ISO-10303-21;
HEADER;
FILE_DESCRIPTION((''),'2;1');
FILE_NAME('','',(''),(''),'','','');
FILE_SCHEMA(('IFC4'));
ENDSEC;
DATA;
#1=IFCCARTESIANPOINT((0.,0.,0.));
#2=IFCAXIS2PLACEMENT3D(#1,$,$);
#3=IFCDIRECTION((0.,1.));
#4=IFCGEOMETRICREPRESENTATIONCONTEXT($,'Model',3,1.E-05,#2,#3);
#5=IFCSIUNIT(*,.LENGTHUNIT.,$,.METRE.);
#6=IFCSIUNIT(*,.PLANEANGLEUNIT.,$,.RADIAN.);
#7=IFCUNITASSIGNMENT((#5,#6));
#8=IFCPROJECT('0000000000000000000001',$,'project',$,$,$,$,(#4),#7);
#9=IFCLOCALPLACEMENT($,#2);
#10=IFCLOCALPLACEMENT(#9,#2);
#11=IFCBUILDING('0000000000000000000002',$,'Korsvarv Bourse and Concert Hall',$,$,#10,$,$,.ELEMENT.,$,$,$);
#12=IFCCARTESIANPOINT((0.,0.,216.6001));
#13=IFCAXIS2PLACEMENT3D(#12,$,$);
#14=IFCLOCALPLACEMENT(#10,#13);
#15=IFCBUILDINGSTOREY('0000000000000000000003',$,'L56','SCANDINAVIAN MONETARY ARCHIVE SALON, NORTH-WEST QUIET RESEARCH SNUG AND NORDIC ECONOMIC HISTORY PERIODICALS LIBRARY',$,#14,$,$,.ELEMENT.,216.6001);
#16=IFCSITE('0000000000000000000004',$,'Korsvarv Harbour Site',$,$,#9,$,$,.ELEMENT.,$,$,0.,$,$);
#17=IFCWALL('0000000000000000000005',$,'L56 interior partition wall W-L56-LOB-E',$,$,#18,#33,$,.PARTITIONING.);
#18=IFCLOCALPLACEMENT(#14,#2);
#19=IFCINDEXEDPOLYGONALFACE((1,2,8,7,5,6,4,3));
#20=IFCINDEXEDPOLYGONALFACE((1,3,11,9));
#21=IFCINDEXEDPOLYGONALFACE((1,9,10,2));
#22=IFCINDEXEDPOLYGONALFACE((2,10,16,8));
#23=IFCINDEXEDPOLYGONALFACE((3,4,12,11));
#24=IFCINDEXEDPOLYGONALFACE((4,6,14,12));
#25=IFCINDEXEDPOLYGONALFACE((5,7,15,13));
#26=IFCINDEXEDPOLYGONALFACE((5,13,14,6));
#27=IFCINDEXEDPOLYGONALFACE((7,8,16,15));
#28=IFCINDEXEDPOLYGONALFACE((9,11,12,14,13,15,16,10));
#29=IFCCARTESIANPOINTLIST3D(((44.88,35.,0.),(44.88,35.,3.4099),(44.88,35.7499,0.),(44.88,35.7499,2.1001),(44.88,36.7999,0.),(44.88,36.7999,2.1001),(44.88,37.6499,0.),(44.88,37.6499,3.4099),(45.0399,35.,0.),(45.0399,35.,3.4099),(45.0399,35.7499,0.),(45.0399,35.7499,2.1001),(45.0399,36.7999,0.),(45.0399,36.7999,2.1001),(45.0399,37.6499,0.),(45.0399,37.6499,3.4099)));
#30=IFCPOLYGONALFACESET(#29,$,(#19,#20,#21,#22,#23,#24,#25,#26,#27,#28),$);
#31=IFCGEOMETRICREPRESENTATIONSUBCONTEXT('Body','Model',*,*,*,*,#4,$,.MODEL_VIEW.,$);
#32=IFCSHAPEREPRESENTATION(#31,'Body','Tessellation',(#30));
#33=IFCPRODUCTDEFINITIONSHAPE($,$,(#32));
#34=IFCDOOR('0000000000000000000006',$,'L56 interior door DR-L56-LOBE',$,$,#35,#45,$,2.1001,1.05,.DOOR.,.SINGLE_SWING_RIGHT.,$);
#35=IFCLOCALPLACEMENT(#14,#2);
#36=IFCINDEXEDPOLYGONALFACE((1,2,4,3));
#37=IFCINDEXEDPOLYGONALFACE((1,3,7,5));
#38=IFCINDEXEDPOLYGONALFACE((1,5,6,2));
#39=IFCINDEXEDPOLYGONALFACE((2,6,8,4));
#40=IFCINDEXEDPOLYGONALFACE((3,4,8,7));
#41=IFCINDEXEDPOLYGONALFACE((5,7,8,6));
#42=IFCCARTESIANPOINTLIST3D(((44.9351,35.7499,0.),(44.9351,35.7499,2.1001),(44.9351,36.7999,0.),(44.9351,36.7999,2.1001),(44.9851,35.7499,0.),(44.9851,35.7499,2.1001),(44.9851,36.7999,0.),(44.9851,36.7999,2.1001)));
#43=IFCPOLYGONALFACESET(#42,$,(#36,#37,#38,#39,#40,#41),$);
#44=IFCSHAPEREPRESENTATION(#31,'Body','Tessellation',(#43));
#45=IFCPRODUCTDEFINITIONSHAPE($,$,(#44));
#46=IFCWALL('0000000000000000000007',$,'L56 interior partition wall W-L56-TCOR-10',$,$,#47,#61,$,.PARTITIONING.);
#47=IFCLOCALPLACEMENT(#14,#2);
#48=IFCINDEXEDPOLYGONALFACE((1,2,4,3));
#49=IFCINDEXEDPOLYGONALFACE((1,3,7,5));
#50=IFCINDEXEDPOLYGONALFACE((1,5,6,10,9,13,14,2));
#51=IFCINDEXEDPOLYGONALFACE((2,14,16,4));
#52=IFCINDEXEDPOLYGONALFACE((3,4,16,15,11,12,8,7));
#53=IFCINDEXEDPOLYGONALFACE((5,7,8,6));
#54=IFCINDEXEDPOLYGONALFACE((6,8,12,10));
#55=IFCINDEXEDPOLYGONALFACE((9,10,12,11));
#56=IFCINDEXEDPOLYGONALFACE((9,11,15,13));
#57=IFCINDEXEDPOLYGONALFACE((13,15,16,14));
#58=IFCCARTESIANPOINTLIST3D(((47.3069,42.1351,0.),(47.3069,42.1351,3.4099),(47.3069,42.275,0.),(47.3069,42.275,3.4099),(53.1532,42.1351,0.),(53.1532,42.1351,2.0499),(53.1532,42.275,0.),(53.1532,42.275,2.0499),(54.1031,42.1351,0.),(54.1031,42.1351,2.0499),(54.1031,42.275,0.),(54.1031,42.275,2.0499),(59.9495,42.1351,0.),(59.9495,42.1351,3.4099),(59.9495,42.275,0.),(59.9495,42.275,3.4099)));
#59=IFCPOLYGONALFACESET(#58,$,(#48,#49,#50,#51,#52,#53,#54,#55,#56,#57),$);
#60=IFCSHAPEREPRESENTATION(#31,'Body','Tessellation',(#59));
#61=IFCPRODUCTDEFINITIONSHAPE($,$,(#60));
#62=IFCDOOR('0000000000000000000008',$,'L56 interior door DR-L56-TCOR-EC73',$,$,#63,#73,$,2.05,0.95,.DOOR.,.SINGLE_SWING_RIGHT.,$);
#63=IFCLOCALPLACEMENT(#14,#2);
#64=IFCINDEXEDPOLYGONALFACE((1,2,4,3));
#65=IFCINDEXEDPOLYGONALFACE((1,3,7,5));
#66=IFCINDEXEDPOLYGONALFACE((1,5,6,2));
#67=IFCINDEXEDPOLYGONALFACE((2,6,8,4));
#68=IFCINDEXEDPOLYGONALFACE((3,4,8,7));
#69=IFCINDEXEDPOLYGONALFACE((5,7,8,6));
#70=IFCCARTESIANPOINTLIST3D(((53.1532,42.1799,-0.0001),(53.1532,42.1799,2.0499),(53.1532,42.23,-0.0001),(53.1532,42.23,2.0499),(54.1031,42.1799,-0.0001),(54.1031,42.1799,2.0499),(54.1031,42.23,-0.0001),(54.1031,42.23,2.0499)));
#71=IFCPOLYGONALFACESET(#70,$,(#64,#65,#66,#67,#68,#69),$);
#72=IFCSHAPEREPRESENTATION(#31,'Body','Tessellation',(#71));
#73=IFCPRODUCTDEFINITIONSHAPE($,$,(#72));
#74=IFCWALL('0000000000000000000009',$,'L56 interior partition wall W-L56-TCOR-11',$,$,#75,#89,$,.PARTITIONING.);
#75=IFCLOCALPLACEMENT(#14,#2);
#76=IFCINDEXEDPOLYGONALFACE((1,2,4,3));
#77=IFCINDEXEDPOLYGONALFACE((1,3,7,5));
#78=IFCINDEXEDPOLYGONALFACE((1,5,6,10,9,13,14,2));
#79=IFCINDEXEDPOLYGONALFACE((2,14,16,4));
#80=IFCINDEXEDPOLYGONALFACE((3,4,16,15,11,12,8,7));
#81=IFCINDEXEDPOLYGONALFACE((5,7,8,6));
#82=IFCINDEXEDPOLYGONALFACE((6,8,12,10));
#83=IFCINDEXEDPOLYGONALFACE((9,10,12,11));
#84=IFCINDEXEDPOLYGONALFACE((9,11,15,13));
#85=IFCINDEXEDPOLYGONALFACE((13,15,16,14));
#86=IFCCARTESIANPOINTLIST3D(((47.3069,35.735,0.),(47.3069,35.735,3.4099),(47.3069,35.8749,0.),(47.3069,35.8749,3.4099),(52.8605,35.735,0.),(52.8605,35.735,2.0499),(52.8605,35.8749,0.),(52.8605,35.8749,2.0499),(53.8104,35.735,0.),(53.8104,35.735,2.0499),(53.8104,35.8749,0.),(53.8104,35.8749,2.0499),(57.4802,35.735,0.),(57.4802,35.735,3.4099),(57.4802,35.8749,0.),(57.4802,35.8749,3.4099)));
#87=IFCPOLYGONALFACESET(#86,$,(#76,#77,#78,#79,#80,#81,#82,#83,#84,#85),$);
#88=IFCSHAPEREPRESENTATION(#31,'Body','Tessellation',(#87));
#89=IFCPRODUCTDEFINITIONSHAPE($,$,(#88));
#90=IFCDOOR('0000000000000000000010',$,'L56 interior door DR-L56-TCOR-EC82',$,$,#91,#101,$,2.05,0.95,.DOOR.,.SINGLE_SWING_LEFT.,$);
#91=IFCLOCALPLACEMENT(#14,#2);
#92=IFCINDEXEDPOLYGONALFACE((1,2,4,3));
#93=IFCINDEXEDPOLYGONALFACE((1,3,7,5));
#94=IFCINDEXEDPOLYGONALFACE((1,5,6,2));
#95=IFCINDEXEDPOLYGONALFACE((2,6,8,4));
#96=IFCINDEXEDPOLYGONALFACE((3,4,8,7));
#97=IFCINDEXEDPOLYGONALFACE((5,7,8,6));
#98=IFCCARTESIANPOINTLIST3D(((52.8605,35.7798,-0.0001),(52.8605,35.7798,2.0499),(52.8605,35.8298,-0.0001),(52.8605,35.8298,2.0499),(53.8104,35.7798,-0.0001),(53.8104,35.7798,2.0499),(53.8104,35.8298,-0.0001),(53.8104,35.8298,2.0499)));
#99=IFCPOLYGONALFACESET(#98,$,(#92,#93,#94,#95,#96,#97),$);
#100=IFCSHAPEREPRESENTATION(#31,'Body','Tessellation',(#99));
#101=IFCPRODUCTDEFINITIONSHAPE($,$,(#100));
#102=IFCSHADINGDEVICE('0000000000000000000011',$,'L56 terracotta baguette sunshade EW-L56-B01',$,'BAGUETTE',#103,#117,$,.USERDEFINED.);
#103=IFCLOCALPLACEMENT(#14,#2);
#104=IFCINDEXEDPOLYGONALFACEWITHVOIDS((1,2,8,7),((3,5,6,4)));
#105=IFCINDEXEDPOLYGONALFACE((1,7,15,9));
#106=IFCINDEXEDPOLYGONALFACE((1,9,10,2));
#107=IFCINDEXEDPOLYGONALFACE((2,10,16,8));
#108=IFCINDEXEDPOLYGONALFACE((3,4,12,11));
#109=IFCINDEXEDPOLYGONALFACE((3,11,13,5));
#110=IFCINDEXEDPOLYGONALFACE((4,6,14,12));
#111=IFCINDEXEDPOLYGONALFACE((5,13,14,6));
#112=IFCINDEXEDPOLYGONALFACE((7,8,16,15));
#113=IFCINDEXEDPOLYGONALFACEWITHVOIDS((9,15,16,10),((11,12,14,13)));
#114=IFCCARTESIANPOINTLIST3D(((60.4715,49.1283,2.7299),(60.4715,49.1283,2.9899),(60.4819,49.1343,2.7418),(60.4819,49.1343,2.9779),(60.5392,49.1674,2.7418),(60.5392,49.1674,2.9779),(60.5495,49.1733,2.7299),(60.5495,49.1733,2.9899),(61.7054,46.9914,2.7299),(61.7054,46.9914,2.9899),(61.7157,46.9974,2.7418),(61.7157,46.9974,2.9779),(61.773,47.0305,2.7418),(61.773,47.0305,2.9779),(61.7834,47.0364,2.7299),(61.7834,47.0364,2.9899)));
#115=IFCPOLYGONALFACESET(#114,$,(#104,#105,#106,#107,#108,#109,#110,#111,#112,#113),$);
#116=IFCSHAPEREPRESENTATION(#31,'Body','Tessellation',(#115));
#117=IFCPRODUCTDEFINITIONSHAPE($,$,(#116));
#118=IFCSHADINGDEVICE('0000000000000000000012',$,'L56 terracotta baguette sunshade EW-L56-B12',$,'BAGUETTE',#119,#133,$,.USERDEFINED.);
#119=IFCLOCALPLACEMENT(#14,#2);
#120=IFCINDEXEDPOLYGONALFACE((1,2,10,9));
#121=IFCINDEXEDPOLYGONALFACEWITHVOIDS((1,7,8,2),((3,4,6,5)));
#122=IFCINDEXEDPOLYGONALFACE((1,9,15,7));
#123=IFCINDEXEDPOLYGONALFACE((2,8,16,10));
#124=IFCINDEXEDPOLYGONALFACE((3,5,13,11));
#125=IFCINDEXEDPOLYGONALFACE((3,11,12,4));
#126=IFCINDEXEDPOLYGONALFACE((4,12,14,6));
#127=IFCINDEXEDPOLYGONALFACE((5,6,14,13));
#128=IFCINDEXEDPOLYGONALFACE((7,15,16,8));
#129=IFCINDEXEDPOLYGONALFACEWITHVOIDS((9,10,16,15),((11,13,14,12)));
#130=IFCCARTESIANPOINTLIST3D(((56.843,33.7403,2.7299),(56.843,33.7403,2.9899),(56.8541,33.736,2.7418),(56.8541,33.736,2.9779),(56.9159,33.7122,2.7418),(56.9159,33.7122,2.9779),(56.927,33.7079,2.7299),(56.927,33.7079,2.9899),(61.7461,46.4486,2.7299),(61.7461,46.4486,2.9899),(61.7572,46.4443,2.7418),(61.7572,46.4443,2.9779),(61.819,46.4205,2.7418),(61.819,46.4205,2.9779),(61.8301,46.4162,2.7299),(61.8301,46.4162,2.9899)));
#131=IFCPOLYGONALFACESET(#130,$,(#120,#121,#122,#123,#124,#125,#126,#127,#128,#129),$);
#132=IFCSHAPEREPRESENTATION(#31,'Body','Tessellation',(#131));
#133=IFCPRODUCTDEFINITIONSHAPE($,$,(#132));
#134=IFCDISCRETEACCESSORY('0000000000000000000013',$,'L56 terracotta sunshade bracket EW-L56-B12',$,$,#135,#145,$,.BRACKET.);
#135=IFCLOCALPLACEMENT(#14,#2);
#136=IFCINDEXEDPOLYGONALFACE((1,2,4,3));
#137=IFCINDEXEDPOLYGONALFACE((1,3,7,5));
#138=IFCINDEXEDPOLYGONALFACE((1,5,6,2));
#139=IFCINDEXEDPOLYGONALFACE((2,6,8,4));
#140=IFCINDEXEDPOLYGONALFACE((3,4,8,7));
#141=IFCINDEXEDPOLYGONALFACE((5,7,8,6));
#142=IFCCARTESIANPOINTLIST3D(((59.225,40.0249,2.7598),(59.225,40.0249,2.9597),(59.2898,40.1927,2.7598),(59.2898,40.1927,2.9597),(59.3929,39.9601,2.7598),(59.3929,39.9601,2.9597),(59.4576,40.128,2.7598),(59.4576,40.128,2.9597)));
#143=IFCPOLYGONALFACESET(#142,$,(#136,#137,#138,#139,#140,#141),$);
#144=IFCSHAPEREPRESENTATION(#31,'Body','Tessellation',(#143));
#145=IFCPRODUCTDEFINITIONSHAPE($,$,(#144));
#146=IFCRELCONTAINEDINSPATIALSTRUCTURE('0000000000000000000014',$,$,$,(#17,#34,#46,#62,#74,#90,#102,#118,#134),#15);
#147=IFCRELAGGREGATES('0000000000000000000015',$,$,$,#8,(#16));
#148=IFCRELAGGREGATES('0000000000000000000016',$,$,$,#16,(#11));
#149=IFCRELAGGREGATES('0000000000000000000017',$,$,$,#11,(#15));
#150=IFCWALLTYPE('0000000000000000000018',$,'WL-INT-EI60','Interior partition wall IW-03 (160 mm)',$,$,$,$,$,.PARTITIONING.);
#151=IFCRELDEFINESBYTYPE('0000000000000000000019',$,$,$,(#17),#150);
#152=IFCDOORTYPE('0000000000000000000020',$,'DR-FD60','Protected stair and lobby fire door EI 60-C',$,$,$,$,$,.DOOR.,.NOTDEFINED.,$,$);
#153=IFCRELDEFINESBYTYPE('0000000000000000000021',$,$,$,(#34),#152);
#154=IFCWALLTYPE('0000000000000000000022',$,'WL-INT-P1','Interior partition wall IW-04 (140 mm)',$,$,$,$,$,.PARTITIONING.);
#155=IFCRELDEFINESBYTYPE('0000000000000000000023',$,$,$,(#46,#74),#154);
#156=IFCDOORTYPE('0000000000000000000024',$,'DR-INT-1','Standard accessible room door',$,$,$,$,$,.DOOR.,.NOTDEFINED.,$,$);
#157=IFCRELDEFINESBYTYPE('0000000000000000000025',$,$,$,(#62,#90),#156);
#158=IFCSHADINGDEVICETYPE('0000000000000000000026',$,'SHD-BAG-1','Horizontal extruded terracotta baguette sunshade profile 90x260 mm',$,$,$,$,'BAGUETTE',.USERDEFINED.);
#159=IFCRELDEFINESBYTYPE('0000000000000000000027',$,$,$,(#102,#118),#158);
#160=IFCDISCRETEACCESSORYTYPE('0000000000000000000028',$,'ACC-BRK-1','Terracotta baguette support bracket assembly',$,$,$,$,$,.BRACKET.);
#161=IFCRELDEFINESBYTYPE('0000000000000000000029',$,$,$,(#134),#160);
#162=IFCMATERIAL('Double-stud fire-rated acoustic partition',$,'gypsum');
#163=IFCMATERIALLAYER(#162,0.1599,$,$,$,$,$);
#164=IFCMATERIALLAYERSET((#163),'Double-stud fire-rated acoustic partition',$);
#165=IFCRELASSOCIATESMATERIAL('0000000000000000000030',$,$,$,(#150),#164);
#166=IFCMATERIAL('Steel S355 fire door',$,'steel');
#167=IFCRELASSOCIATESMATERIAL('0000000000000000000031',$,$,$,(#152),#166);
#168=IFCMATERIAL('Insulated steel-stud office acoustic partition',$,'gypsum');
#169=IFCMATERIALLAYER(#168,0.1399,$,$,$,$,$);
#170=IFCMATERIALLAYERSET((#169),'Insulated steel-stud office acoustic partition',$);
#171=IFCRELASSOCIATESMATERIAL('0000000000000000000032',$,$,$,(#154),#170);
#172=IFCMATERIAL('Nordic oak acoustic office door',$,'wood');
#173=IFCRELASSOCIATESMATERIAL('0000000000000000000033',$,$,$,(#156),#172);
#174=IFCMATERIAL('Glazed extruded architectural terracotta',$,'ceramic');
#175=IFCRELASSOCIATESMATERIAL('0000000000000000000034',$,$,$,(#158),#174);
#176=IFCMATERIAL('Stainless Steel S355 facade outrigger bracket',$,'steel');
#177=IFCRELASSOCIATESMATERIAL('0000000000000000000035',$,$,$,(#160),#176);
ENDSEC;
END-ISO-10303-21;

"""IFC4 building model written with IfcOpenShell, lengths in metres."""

from ifc_helpers import new_model, si_unit, direction, frame, frame_2d, origin, origin_2d, place, context, subcontext, project, spatial, rectangle, hollow_rectangle, extrude, source, transform, mapped, material, layer, layer_set, material_profile, profile_set, type_object, element, fill, save


model = new_model("IFC4")

# Units and contexts
model_context = context("Model", 3, precision=1e-05, world=origin(), true_north=direction((0.0, 1.0)))
body_context = subcontext(model_context, "Body", "Model", "MODEL_VIEW")
ifc_project = project(units=[si_unit("LENGTHUNIT", "METRE"), si_unit("PLANEANGLEUNIT", "RADIAN")], contexts=[model_context])

# Site, building, storey
site_placement = place(None, origin())
site = spatial("IfcSite", under=ifc_project, at=site_placement, Name="Korsvarv Harbour Site", CompositionType="ELEMENT", RefElevation=0.0)
building_placement = place(site_placement, origin())
building = spatial("IfcBuilding", under=site, at=building_placement, Name="Korsvarv Bourse and Concert Hall", CompositionType="ELEMENT")
storey_placement = place(building_placement, frame((0.0, 0.0, 216.6001)))
storey = spatial("IfcBuildingStorey", under=building, at=storey_placement, Name="L56", Description="SCANDINAVIAN MONETARY ARCHIVE SALON, NORTH-WEST QUIET RESEARCH SNUG AND NORDIC ECONOMIC HISTORY PERIODICALS LIBRARY", CompositionType="ELEMENT", Elevation=216.6001)

# Walls, openings, doors
ifc_material_1 = material(Name="Double-stud fire-rated acoustic partition", Category="gypsum")
ifc_layer_1 = layer(ifc_material_1, 0.1599)
ifc_layer_set_1 = layer_set([ifc_layer_1], Name="Double-stud fire-rated acoustic partition")
wall_type_1 = type_object("IfcWallType", Name="WL-INT-EI60", Description="Interior partition wall IW-03 (160 mm)", PredefinedType="PARTITIONING", material=ifc_layer_set_1)
wall_1_placement = place(storey_placement, frame((44.96, 35.0, 0.0), z_axis=(0.0, 0.0, 1.0), x_axis=(0.0, 1.0, 0.0)))
wall_1 = element("IfcWall", 1, at=wall_1_placement, inside=storey, type_object=wall_type_1, Name="L56 interior partition wall W-L56-LOB-E", PredefinedType="PARTITIONING", context=body_context, shape_type="SweptSolid", body=[
    extrude(rectangle(XDim=2.6499, YDim=0.1599, at=frame_2d((1.325, 0.0))), origin(), (0.0, 0.0, 1.0), 3.4099),
])
opening_1_placement = place(wall_1_placement, frame((0.75, 0.0, 0.0)))
opening_1 = element("IfcOpeningElement", 2, at=opening_1_placement, cuts=wall_1, PredefinedType="OPENING", context=body_context, shape_type="SweptSolid", body=[
    extrude(rectangle(XDim=1.05, YDim=2.1001, at=frame_2d((0.5249, 1.05))), frame((0.0, 0.0898, 0.0), z_axis=(0.0, -1.0, 0.0), x_axis=(1.0, 0.0, 0.0)), (0.0, 0.0, 1.0), 0.1799),
])
ifc_material_2 = material(Name="Steel S355 fire door", Category="steel")
door_type_1 = type_object("IfcDoorType", Name="DR-FD60", Description="Protected stair and lobby fire door EI 60-C", OperationType="NOTDEFINED", PredefinedType="DOOR", material=ifc_material_2)
door_1_placement = place(opening_1_placement, origin())
door_1 = element("IfcDoor", 3, at=door_1_placement, inside=storey, type_object=door_type_1, Name="L56 interior door DR-L56-LOBE", OperationType="SINGLE_SWING_RIGHT", OverallHeight=2.1001, OverallWidth=1.05, PredefinedType="DOOR", context=body_context, shape_type="SweptSolid", body=[
    extrude(rectangle(XDim=1.05, YDim=2.1001, at=frame_2d((0.5249, 1.05))), frame((0.0, 0.0249, 0.0), z_axis=(0.0, -1.0, 0.0), x_axis=(1.0, 0.0, 0.0)), (0.0, 0.0, 1.0), 0.05),
])
fill(opening_1, door_1)
ifc_material_3 = material(Name="Insulated steel-stud office acoustic partition", Category="gypsum")
ifc_layer_2 = layer(ifc_material_3, 0.1399)
ifc_layer_set_2 = layer_set([ifc_layer_2], Name="Insulated steel-stud office acoustic partition")
wall_type_2 = type_object("IfcWallType", Name="WL-INT-P1", Description="Interior partition wall IW-04 (140 mm)", PredefinedType="PARTITIONING", material=ifc_layer_set_2)
wall_2_placement = place(storey_placement, frame((47.3069, 42.2051, 0.0), z_axis=(0.0, 0.0, 1.0), x_axis=(1.0, 0.0, 0.0)))
wall_2 = element("IfcWall", 4, at=wall_2_placement, inside=storey, type_object=wall_type_2, Name="L56 interior partition wall W-L56-TCOR-10", PredefinedType="PARTITIONING", context=body_context, shape_type="SweptSolid", body=[
    extrude(rectangle(XDim=12.6426, YDim=0.1399, at=frame_2d((6.3213, 0.0))), origin(), (0.0, 0.0, 1.0), 3.4099),
])
opening_2_placement = place(wall_2_placement, frame((5.8462, 0.0, 0.0)))
opening_2 = element("IfcOpeningElement", 5, at=opening_2_placement, cuts=wall_2, PredefinedType="OPENING", context=body_context, shape_type="SweptSolid", body=[
    extrude(rectangle(XDim=0.95, YDim=2.05, at=frame_2d((0.4751, 1.0249))), frame((0.0, 0.0801, 0.0), z_axis=(0.0, -1.0, 0.0), x_axis=(1.0, 0.0, 0.0)), (0.0, 0.0, 1.0), 0.1599),
])
ifc_material_4 = material(Name="Nordic oak acoustic office door", Category="wood")
door_type_2 = type_object("IfcDoorType", Name="DR-INT-1", Description="Standard accessible room door", OperationType="NOTDEFINED", PredefinedType="DOOR", material=ifc_material_4)
door_2_placement = place(opening_2_placement, origin())
door_2 = element("IfcDoor", 6, at=door_2_placement, inside=storey, type_object=door_type_2, Name="L56 interior door DR-L56-TCOR-EC73", OperationType="SINGLE_SWING_RIGHT", OverallHeight=2.05, OverallWidth=0.95, PredefinedType="DOOR", context=body_context, shape_type="SweptSolid", body=[
    extrude(rectangle(XDim=0.95, YDim=2.05, at=frame_2d((0.4751, 1.0249))), frame((0.0, 0.0249, 0.0), z_axis=(0.0, -1.0, 0.0), x_axis=(1.0, 0.0, 0.0)), (0.0, 0.0, 1.0), 0.05),
])
fill(opening_2, door_2)
wall_3_placement = place(storey_placement, frame((47.3069, 35.8049, 0.0), z_axis=(0.0, 0.0, 1.0), x_axis=(1.0, 0.0, 0.0)))
wall_3 = element("IfcWall", 7, at=wall_3_placement, inside=storey, type_object=wall_type_2, Name="L56 interior partition wall W-L56-TCOR-11", PredefinedType="PARTITIONING", context=body_context, shape_type="SweptSolid", body=[
    extrude(rectangle(XDim=10.1733, YDim=0.1399, at=frame_2d((5.0867, 0.0))), origin(), (0.0, 0.0, 1.0), 3.4099),
])
opening_3_placement = place(wall_3_placement, frame((5.5535, 0.0, 0.0)))
opening_3 = element("IfcOpeningElement", 8, at=opening_3_placement, cuts=wall_3, PredefinedType="OPENING", context=body_context, shape_type="SweptSolid", body=[
    extrude(rectangle(XDim=0.95, YDim=2.05, at=frame_2d((0.4751, 1.0249))), frame((0.0, 0.0801, 0.0), z_axis=(0.0, -1.0, 0.0), x_axis=(1.0, 0.0, 0.0)), (0.0, 0.0, 1.0), 0.1599),
])
door_3_placement = place(opening_3_placement, origin())
door_3 = element("IfcDoor", 9, at=door_3_placement, inside=storey, type_object=door_type_2, Name="L56 interior door DR-L56-TCOR-EC82", OperationType="SINGLE_SWING_LEFT", OverallHeight=2.05, OverallWidth=0.95, PredefinedType="DOOR", context=body_context, shape_type="SweptSolid", body=[
    extrude(rectangle(XDim=0.95, YDim=2.05, at=frame_2d((0.4751, 1.0249))), frame((0.0, 0.0249, 0.0), z_axis=(0.0, -1.0, 0.0), x_axis=(1.0, 0.0, 0.0)), (0.0, 0.0, 1.0), 0.05),
])
fill(opening_3, door_3)

# Shading devices
ifc_material_5 = material(Name="Glazed extruded architectural terracotta", Category="ceramic")
ifc_material_profile_1 = material_profile(ifc_material_5, hollow_rectangle(XDim=0.0901, YDim=0.26, WallThickness=0.012, at=origin_2d()), Name="TC-BAG 90x260")
ifc_profile_set_1 = profile_set([ifc_material_profile_1], Name="Glazed extruded architectural terracotta")
shading_device_type = type_object("IfcShadingDeviceType", Name="SHD-BAG-1", Description="Horizontal extruded terracotta baguette sunshade profile 90x260 mm", ElementType="BAGUETTE", PredefinedType="USERDEFINED", material=ifc_profile_set_1)
shared_shape_1 = source(origin(), body_context, "Body", "SweptSolid", [
    extrude(hollow_rectangle(XDim=0.0901, YDim=0.26, WallThickness=0.012, at=origin_2d()), origin(), (0.0, 0.0, 1.0), 2.4675),
])
shading_device_1_placement = place(storey_placement, frame((61.7444, 47.0139, 2.8599), z_axis=(-0.500034, 0.866006, 0.0), x_axis=(-0.866006, -0.500034, 0.0)))
element("IfcShadingDevice", 10, at=shading_device_1_placement, inside=storey, type_object=shading_device_type, Name="L56 terracotta baguette sunshade EW-L56-B01", ObjectType="BAGUETTE", PredefinedType="USERDEFINED", context=body_context, shape_type="MappedRepresentation", body=[
    mapped(shared_shape_1, transform((0.0, 0.0, 0.0), scale=1.0)),
])
shared_shape_2 = source(origin(), body_context, "Body", "SweptSolid", [
    extrude(hollow_rectangle(XDim=0.0901, YDim=0.26, WallThickness=0.012, at=origin_2d()), origin(), (0.0, 0.0, 1.0), 13.6213),
])
shading_device_2_placement = place(storey_placement, frame((56.885, 33.7241, 2.8599), z_axis=(0.359957, 0.932969, 0.0), x_axis=(-0.932969, 0.359957, 0.0)))
element("IfcShadingDevice", 11, at=shading_device_2_placement, inside=storey, type_object=shading_device_type, Name="L56 terracotta baguette sunshade EW-L56-B12", ObjectType="BAGUETTE", PredefinedType="USERDEFINED", context=body_context, shape_type="MappedRepresentation", body=[
    mapped(shared_shape_2, transform((0.0, 0.0, 0.0), scale=1.0)),
])

# Discrete accessory
ifc_material_6 = material(Name="Stainless Steel S355 facade outrigger bracket", Category="steel")
discrete_accessory_type = type_object("IfcDiscreteAccessoryType", Name="ACC-BRK-1", Description="Terracotta baguette support bracket assembly", PredefinedType="BRACKET", material=ifc_material_6)
shared_shape_3 = source(origin(), body_context, "Body", "SweptSolid", [
    extrude(rectangle(XDim=0.1799, YDim=0.1799, at=origin_2d()), origin(), (0.0, 0.0, 1.0), 0.2),
])
discrete_accessory_placement = place(storey_placement, frame((59.3413, 40.0764, 2.7598), z_axis=(0.0, 0.0, 1.0), x_axis=(0.359997, 0.932954, 0.0)))
element("IfcDiscreteAccessory", 12, at=discrete_accessory_placement, inside=storey, type_object=discrete_accessory_type, Name="L56 terracotta sunshade bracket EW-L56-B12", PredefinedType="BRACKET", context=body_context, shape_type="MappedRepresentation", body=[
    mapped(shared_shape_3, transform((0.0, 0.0, 0.0), scale=1.0)),
])

save(model, "model.ifc")
